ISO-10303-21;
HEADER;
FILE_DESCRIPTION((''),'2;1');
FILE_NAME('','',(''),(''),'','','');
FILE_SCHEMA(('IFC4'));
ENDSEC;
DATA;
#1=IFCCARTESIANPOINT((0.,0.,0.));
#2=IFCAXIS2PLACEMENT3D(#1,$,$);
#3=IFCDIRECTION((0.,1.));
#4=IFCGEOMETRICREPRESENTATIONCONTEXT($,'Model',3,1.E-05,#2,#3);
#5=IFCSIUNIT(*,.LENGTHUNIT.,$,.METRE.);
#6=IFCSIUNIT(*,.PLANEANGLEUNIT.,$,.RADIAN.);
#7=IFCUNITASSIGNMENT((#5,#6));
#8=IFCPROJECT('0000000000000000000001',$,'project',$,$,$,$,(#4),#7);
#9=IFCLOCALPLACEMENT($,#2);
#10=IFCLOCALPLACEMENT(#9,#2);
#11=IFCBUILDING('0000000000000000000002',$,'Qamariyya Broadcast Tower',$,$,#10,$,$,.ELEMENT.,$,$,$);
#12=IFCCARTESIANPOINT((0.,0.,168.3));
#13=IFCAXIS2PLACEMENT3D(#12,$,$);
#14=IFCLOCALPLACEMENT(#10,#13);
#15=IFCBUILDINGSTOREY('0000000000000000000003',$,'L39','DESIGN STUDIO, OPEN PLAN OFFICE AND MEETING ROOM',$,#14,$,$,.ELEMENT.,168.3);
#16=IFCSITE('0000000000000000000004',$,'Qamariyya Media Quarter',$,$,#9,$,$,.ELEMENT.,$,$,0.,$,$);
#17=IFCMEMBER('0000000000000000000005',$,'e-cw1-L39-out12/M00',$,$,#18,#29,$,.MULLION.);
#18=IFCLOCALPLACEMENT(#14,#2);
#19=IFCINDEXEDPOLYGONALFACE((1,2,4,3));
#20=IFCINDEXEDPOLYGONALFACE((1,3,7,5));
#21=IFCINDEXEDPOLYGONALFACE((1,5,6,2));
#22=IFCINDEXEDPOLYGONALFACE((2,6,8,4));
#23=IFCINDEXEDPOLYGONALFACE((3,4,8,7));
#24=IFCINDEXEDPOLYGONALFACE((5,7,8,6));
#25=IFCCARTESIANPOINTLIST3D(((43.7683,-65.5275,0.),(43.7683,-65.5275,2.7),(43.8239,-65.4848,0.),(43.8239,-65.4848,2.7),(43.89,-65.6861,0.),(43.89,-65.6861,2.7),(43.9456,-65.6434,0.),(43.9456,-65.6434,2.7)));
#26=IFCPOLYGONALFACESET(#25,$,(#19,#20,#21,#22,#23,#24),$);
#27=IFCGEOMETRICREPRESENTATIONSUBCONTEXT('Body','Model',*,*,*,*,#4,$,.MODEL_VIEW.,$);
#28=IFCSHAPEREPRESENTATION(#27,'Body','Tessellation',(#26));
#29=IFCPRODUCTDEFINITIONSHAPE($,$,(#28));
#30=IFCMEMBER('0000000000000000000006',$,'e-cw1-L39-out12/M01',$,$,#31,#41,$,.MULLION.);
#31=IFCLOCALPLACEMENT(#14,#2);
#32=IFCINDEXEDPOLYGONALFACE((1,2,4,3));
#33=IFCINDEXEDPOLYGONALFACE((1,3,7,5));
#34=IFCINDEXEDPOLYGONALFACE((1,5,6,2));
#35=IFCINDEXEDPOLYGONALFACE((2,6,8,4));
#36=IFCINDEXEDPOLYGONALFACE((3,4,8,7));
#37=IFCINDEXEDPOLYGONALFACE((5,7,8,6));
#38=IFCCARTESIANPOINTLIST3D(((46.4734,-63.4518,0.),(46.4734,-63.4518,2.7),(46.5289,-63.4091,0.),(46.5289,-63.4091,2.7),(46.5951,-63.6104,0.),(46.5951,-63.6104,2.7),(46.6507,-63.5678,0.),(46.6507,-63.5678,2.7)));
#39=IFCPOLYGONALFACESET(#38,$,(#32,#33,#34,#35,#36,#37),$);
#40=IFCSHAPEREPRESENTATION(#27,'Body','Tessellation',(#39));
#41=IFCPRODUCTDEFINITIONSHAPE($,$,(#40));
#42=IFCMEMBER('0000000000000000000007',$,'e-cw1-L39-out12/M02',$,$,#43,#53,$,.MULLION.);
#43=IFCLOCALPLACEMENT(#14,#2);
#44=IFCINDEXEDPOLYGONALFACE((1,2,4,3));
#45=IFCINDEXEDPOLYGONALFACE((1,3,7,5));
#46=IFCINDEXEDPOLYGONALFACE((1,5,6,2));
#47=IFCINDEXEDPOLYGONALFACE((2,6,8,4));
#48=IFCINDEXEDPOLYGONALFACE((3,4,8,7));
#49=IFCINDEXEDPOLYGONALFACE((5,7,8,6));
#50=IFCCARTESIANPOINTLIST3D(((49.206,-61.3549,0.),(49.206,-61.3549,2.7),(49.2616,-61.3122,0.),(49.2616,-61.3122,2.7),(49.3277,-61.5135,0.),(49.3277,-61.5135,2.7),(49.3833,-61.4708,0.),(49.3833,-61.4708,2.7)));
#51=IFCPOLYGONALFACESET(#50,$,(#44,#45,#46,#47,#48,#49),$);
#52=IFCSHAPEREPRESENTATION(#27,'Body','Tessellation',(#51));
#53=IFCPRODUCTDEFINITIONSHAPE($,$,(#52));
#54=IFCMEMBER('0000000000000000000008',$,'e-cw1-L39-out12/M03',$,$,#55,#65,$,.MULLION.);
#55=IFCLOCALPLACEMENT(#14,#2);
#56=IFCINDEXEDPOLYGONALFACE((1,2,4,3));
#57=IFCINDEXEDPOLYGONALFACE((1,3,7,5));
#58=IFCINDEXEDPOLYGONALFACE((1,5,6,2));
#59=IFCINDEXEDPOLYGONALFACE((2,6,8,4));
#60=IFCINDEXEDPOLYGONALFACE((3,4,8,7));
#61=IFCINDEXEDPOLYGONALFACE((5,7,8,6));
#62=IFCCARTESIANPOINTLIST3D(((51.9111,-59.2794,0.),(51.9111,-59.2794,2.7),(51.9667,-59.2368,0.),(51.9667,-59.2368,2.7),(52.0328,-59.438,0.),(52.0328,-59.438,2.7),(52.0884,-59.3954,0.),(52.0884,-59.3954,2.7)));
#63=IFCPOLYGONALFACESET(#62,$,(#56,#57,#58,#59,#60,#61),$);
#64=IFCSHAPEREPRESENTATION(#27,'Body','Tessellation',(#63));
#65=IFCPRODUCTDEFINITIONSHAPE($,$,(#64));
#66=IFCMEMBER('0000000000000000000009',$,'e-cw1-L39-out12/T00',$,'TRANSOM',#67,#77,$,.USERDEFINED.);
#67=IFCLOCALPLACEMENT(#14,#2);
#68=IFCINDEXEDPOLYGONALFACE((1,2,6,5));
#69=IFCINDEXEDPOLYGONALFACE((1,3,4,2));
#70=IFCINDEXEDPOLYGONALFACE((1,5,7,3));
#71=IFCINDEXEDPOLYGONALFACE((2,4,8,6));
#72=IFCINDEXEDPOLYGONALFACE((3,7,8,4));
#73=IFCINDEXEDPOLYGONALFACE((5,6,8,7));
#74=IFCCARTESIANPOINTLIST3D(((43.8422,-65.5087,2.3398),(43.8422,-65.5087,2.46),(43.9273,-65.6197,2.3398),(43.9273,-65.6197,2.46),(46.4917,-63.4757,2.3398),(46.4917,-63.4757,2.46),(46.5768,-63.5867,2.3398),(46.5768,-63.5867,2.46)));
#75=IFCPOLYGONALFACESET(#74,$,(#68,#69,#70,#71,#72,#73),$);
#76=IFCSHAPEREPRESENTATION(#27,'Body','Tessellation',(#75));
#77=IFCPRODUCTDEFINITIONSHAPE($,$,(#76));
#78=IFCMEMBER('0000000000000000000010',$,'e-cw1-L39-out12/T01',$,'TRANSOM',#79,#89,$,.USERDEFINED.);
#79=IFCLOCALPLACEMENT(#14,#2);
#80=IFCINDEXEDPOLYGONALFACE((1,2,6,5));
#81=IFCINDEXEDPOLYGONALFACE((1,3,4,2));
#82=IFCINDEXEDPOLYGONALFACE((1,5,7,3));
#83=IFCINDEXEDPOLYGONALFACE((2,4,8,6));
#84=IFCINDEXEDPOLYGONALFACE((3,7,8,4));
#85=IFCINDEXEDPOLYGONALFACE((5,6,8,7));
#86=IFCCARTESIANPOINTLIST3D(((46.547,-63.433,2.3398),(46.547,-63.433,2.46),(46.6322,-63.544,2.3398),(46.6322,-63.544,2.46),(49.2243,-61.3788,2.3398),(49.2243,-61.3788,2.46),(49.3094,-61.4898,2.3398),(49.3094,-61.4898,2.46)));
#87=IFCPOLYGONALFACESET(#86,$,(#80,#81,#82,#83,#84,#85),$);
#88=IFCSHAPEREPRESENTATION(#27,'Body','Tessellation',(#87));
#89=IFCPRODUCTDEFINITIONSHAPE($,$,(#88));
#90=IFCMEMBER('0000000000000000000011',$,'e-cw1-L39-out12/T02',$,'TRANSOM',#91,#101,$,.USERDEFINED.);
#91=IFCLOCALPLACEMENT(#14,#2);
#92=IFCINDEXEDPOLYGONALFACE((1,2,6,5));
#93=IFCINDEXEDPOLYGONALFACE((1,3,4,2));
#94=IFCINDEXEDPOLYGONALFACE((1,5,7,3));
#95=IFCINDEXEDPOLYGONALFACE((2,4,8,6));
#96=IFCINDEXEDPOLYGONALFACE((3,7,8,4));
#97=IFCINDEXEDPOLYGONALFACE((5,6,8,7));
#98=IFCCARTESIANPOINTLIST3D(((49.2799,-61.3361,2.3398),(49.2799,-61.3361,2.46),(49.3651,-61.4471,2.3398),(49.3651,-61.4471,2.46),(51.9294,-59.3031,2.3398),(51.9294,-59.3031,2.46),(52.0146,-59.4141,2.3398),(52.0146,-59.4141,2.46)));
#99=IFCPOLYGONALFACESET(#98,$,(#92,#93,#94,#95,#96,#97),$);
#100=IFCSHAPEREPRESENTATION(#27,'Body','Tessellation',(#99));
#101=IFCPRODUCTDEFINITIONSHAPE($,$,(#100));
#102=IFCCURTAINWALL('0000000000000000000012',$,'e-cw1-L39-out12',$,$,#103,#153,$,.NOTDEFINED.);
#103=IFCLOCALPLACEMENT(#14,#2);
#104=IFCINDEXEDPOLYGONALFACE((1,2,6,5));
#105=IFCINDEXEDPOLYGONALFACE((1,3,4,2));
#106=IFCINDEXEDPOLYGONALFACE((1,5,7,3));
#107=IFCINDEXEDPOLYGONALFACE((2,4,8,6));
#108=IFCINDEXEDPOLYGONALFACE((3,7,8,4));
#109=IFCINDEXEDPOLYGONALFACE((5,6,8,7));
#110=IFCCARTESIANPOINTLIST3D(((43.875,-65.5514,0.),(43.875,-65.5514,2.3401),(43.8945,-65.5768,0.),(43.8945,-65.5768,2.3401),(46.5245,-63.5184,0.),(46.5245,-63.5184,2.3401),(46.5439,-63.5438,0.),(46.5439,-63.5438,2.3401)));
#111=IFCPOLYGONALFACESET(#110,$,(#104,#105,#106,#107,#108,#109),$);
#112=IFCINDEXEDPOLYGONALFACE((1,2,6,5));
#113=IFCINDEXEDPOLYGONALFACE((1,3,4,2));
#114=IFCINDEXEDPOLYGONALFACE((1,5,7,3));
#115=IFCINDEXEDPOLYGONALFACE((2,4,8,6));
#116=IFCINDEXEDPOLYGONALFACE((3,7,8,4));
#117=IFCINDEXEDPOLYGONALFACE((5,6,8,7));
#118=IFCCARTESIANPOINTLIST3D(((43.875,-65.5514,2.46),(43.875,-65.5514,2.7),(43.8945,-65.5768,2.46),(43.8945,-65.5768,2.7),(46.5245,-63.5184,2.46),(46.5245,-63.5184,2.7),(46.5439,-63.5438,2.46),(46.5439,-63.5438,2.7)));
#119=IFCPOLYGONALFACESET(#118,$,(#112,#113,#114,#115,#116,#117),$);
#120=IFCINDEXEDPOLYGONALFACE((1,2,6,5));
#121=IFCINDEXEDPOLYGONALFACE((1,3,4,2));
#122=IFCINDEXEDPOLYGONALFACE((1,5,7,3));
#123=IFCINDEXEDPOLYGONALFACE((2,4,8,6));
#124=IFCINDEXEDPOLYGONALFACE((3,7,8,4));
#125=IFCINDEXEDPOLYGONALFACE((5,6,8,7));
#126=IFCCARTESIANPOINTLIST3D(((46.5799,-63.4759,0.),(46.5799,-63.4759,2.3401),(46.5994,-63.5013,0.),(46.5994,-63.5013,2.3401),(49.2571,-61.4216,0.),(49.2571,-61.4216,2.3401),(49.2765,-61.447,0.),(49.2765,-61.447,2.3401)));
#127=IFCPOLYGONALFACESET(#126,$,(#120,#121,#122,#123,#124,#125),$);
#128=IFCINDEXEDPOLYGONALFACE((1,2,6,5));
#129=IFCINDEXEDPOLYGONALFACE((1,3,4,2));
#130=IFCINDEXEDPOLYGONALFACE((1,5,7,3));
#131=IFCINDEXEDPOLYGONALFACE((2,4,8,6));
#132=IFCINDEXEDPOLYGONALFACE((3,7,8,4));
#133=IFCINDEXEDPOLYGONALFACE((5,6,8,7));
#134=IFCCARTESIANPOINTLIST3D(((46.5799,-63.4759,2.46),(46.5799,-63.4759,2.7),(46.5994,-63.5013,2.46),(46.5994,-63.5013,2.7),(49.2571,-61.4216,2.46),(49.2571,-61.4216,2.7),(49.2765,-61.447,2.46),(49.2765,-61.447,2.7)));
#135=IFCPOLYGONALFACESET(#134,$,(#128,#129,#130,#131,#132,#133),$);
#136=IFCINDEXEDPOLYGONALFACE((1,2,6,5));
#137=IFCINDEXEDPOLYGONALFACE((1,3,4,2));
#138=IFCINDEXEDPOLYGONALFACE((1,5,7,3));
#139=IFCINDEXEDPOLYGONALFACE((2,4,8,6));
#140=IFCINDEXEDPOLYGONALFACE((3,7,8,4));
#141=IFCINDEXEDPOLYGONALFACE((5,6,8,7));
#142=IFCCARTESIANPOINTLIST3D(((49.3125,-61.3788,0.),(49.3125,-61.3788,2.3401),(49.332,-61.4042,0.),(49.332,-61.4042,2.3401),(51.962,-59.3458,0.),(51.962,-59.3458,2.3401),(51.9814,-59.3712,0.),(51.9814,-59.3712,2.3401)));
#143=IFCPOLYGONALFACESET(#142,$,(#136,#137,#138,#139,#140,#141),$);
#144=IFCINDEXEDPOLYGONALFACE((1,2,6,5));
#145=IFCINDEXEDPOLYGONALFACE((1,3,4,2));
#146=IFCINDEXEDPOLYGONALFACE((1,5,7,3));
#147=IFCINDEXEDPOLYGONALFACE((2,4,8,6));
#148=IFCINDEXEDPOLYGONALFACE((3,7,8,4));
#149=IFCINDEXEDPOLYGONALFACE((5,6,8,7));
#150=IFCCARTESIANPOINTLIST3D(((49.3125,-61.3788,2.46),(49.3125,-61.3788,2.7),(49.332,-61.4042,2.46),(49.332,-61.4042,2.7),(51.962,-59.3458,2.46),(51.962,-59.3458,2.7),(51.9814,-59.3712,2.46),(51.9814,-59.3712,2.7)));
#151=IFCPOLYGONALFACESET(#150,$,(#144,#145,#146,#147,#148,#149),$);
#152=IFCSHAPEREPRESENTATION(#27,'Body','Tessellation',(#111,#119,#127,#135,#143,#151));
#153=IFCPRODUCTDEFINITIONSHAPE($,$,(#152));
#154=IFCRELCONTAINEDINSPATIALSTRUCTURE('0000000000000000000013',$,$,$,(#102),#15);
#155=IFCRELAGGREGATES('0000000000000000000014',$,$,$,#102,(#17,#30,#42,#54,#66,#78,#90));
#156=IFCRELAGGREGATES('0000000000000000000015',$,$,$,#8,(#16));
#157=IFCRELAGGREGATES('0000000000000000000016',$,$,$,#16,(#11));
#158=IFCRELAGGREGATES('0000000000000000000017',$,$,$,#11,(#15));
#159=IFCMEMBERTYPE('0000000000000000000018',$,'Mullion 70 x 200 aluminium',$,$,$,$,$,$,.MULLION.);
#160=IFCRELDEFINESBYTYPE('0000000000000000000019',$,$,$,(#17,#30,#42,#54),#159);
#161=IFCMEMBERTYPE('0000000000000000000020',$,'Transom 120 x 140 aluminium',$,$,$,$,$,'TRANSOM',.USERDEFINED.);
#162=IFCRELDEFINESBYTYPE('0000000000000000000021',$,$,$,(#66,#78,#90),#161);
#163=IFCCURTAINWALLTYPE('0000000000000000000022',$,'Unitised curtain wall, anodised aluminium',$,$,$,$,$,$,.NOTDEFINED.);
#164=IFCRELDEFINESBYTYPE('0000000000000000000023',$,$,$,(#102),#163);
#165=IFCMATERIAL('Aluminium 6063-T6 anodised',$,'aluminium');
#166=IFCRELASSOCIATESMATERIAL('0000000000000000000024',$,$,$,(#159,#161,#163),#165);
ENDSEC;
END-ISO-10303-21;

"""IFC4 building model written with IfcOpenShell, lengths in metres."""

from ifc_helpers import new_model, si_unit, direction, frame, origin, origin_2d, place, context, subcontext, project, spatial, rectangle, extrude, material, material_profile, profile_set, type_object, element, aggregate, save


model = new_model("IFC4")

# Units and contexts
model_context = context("Model", 3, precision=1e-05, world=origin(), true_north=direction((0.0, 1.0)))
body_context = subcontext(model_context, "Body", "Model", "MODEL_VIEW")
ifc_project = project(units=[si_unit("LENGTHUNIT", "METRE"), si_unit("PLANEANGLEUNIT", "RADIAN")], contexts=[model_context])

# Members
ifc_material = material(Name="Aluminium 6063-T6 anodised", Category="aluminium")
ifc_material_profile_1 = material_profile(ifc_material, rectangle(XDim=0.2, YDim=0.0701, at=origin_2d()))
ifc_profile_set_1 = profile_set([ifc_material_profile_1], Name="Aluminium 6063-T6 anodised")
member_type_1 = type_object("IfcMemberType", Name="Mullion 70 x 200 aluminium", PredefinedType="MULLION", material=ifc_profile_set_1)
site_placement = place(None, origin())
building_placement = place(site_placement, origin())
storey_placement = place(building_placement, frame((0.0, 0.0, 168.3)))
member_1_placement = place(storey_placement, frame((43.8569, -65.5854, 0.0), z_axis=(0.0, 0.0, 1.0), x_axis=(-0.608761, 0.793353, 0.0)))
member_1 = element("IfcMember", 1, at=member_1_placement, type_object=member_type_1, Name="e-cw1-L39-out12/M00", PredefinedType="MULLION", context=body_context, shape_type="SweptSolid", body=[
    extrude(rectangle(XDim=0.2, YDim=0.0701, at=origin_2d()), origin(), (0.0, 0.0, 1.0), 2.7),
])
member_2_placement = place(storey_placement, frame((46.562, -63.5098, 0.0), z_axis=(0.0, 0.0, 1.0), x_axis=(-0.608761, 0.793353, 0.0)))
member_2 = element("IfcMember", 2, at=member_2_placement, type_object=member_type_1, Name="e-cw1-L39-out12/M01", PredefinedType="MULLION", context=body_context, shape_type="SweptSolid", body=[
    extrude(rectangle(XDim=0.2, YDim=0.0701, at=origin_2d()), origin(), (0.0, 0.0, 1.0), 2.7),
])
member_3_placement = place(storey_placement, frame((49.2947, -61.4128, 0.0), z_axis=(0.0, 0.0, 1.0), x_axis=(-0.608761, 0.793353, 0.0)))
member_3 = element("IfcMember", 3, at=member_3_placement, type_object=member_type_1, Name="e-cw1-L39-out12/M02", PredefinedType="MULLION", context=body_context, shape_type="SweptSolid", body=[
    extrude(rectangle(XDim=0.2, YDim=0.0701, at=origin_2d()), origin(), (0.0, 0.0, 1.0), 2.7),
])
member_4_placement = place(storey_placement, frame((51.9998, -59.3374, 0.0), z_axis=(0.0, 0.0, 1.0), x_axis=(-0.608761, 0.793353, 0.0)))
member_4 = element("IfcMember", 4, at=member_4_placement, type_object=member_type_1, Name="e-cw1-L39-out12/M03", PredefinedType="MULLION", context=body_context, shape_type="SweptSolid", body=[
    extrude(rectangle(XDim=0.2, YDim=0.0701, at=origin_2d()), origin(), (0.0, 0.0, 1.0), 2.7),
])
ifc_material_profile_2 = material_profile(ifc_material, rectangle(XDim=0.1399, YDim=0.1201, at=origin_2d()))
ifc_profile_set_2 = profile_set([ifc_material_profile_2], Name="Aluminium 6063-T6 anodised")
member_type_2 = type_object("IfcMemberType", Name="Transom 120 x 140 aluminium", ElementType="TRANSOM", PredefinedType="USERDEFINED", material=ifc_profile_set_2)
member_5_placement = place(storey_placement, frame((43.8848, -65.5642, 2.3999), z_axis=(0.793354, 0.60876, 0.0), x_axis=(-0.60876, 0.793354, 0.0)))
member_5 = element("IfcMember", 5, at=member_5_placement, type_object=member_type_2, Name="e-cw1-L39-out12/T00", ObjectType="TRANSOM", PredefinedType="USERDEFINED", context=body_context, shape_type="SweptSolid", body=[
    extrude(rectangle(XDim=0.1399, YDim=0.1201, at=origin_2d()), origin(), (0.0, 0.0, 1.0), 3.3396),
])
member_6_placement = place(storey_placement, frame((46.5896, -63.4885, 2.3999), z_axis=(0.793371, 0.608738, 0.0), x_axis=(-0.608738, 0.793371, 0.0)))
member_6 = element("IfcMember", 6, at=member_6_placement, type_object=member_type_2, Name="e-cw1-L39-out12/T01", ObjectType="TRANSOM", PredefinedType="USERDEFINED", context=body_context, shape_type="SweptSolid", body=[
    extrude(rectangle(XDim=0.1399, YDim=0.1201, at=origin_2d()), origin(), (0.0, 0.0, 1.0), 3.3745),
])
member_7_placement = place(storey_placement, frame((49.3225, -61.3916, 2.3999), z_axis=(0.793354, 0.60876, 0.0), x_axis=(-0.60876, 0.793354, 0.0)))
member_7 = element("IfcMember", 7, at=member_7_placement, type_object=member_type_2, Name="e-cw1-L39-out12/T02", ObjectType="TRANSOM", PredefinedType="USERDEFINED", context=body_context, shape_type="SweptSolid", body=[
    extrude(rectangle(XDim=0.1399, YDim=0.1201, at=origin_2d()), origin(), (0.0, 0.0, 1.0), 3.3396),
])

# Site, building, storey
site = spatial("IfcSite", under=ifc_project, at=site_placement, Name="Qamariyya Media Quarter", CompositionType="ELEMENT", RefElevation=0.0)
building = spatial("IfcBuilding", under=site, at=building_placement, Name="Qamariyya Broadcast Tower", CompositionType="ELEMENT")
storey = spatial("IfcBuildingStorey", under=building, at=storey_placement, Name="L39", Description="DESIGN STUDIO, OPEN PLAN OFFICE AND MEETING ROOM", CompositionType="ELEMENT", Elevation=168.3)

# Curtain wall
curtain_wall_type = type_object("IfcCurtainWallType", Name="Unitised curtain wall, anodised aluminium", PredefinedType="NOTDEFINED", material=ifc_material)
curtain_wall_1_placement = place(storey_placement, origin())
curtain_wall_1 = element("IfcCurtainWall", 8, at=curtain_wall_1_placement, inside=storey, type_object=curtain_wall_type, Name="e-cw1-L39-out12", PredefinedType="NOTDEFINED", context=body_context, shape_type="SweptSolid", body=[
    extrude(rectangle(XDim=3.3396, YDim=0.032, at=origin_2d()), frame((45.2095, -64.5476, 0.0), x_axis=(0.793352, 0.608764, 0.0)), (0.0, 0.0, 1.0), 2.3401),
    extrude(rectangle(XDim=3.3396, YDim=0.032, at=origin_2d()), frame((45.2095, -64.5476, 2.46), x_axis=(0.793352, 0.608764, 0.0)), (0.0, 0.0, 1.0), 0.24),
    extrude(rectangle(XDim=3.3745, YDim=0.032, at=origin_2d()), frame((47.9282, -62.4614, 0.0), x_axis=(0.793352, 0.608764, 0.0)), (0.0, 0.0, 1.0), 2.3401),
    extrude(rectangle(XDim=3.3745, YDim=0.032, at=origin_2d()), frame((47.9282, -62.4614, 2.46), x_axis=(0.793352, 0.608764, 0.0)), (0.0, 0.0, 1.0), 0.24),
    extrude(rectangle(XDim=3.3396, YDim=0.032, at=origin_2d()), frame((50.647, -60.375, 0.0), x_axis=(0.793352, 0.608764, 0.0)), (0.0, 0.0, 1.0), 2.3401),
    extrude(rectangle(XDim=3.3396, YDim=0.032, at=origin_2d()), frame((50.647, -60.375, 2.46), x_axis=(0.793352, 0.608764, 0.0)), (0.0, 0.0, 1.0), 0.24),
])
aggregate(curtain_wall_1, [member_1, member_2, member_3, member_4, member_5, member_6, member_7])

save(model, "model.ifc")
